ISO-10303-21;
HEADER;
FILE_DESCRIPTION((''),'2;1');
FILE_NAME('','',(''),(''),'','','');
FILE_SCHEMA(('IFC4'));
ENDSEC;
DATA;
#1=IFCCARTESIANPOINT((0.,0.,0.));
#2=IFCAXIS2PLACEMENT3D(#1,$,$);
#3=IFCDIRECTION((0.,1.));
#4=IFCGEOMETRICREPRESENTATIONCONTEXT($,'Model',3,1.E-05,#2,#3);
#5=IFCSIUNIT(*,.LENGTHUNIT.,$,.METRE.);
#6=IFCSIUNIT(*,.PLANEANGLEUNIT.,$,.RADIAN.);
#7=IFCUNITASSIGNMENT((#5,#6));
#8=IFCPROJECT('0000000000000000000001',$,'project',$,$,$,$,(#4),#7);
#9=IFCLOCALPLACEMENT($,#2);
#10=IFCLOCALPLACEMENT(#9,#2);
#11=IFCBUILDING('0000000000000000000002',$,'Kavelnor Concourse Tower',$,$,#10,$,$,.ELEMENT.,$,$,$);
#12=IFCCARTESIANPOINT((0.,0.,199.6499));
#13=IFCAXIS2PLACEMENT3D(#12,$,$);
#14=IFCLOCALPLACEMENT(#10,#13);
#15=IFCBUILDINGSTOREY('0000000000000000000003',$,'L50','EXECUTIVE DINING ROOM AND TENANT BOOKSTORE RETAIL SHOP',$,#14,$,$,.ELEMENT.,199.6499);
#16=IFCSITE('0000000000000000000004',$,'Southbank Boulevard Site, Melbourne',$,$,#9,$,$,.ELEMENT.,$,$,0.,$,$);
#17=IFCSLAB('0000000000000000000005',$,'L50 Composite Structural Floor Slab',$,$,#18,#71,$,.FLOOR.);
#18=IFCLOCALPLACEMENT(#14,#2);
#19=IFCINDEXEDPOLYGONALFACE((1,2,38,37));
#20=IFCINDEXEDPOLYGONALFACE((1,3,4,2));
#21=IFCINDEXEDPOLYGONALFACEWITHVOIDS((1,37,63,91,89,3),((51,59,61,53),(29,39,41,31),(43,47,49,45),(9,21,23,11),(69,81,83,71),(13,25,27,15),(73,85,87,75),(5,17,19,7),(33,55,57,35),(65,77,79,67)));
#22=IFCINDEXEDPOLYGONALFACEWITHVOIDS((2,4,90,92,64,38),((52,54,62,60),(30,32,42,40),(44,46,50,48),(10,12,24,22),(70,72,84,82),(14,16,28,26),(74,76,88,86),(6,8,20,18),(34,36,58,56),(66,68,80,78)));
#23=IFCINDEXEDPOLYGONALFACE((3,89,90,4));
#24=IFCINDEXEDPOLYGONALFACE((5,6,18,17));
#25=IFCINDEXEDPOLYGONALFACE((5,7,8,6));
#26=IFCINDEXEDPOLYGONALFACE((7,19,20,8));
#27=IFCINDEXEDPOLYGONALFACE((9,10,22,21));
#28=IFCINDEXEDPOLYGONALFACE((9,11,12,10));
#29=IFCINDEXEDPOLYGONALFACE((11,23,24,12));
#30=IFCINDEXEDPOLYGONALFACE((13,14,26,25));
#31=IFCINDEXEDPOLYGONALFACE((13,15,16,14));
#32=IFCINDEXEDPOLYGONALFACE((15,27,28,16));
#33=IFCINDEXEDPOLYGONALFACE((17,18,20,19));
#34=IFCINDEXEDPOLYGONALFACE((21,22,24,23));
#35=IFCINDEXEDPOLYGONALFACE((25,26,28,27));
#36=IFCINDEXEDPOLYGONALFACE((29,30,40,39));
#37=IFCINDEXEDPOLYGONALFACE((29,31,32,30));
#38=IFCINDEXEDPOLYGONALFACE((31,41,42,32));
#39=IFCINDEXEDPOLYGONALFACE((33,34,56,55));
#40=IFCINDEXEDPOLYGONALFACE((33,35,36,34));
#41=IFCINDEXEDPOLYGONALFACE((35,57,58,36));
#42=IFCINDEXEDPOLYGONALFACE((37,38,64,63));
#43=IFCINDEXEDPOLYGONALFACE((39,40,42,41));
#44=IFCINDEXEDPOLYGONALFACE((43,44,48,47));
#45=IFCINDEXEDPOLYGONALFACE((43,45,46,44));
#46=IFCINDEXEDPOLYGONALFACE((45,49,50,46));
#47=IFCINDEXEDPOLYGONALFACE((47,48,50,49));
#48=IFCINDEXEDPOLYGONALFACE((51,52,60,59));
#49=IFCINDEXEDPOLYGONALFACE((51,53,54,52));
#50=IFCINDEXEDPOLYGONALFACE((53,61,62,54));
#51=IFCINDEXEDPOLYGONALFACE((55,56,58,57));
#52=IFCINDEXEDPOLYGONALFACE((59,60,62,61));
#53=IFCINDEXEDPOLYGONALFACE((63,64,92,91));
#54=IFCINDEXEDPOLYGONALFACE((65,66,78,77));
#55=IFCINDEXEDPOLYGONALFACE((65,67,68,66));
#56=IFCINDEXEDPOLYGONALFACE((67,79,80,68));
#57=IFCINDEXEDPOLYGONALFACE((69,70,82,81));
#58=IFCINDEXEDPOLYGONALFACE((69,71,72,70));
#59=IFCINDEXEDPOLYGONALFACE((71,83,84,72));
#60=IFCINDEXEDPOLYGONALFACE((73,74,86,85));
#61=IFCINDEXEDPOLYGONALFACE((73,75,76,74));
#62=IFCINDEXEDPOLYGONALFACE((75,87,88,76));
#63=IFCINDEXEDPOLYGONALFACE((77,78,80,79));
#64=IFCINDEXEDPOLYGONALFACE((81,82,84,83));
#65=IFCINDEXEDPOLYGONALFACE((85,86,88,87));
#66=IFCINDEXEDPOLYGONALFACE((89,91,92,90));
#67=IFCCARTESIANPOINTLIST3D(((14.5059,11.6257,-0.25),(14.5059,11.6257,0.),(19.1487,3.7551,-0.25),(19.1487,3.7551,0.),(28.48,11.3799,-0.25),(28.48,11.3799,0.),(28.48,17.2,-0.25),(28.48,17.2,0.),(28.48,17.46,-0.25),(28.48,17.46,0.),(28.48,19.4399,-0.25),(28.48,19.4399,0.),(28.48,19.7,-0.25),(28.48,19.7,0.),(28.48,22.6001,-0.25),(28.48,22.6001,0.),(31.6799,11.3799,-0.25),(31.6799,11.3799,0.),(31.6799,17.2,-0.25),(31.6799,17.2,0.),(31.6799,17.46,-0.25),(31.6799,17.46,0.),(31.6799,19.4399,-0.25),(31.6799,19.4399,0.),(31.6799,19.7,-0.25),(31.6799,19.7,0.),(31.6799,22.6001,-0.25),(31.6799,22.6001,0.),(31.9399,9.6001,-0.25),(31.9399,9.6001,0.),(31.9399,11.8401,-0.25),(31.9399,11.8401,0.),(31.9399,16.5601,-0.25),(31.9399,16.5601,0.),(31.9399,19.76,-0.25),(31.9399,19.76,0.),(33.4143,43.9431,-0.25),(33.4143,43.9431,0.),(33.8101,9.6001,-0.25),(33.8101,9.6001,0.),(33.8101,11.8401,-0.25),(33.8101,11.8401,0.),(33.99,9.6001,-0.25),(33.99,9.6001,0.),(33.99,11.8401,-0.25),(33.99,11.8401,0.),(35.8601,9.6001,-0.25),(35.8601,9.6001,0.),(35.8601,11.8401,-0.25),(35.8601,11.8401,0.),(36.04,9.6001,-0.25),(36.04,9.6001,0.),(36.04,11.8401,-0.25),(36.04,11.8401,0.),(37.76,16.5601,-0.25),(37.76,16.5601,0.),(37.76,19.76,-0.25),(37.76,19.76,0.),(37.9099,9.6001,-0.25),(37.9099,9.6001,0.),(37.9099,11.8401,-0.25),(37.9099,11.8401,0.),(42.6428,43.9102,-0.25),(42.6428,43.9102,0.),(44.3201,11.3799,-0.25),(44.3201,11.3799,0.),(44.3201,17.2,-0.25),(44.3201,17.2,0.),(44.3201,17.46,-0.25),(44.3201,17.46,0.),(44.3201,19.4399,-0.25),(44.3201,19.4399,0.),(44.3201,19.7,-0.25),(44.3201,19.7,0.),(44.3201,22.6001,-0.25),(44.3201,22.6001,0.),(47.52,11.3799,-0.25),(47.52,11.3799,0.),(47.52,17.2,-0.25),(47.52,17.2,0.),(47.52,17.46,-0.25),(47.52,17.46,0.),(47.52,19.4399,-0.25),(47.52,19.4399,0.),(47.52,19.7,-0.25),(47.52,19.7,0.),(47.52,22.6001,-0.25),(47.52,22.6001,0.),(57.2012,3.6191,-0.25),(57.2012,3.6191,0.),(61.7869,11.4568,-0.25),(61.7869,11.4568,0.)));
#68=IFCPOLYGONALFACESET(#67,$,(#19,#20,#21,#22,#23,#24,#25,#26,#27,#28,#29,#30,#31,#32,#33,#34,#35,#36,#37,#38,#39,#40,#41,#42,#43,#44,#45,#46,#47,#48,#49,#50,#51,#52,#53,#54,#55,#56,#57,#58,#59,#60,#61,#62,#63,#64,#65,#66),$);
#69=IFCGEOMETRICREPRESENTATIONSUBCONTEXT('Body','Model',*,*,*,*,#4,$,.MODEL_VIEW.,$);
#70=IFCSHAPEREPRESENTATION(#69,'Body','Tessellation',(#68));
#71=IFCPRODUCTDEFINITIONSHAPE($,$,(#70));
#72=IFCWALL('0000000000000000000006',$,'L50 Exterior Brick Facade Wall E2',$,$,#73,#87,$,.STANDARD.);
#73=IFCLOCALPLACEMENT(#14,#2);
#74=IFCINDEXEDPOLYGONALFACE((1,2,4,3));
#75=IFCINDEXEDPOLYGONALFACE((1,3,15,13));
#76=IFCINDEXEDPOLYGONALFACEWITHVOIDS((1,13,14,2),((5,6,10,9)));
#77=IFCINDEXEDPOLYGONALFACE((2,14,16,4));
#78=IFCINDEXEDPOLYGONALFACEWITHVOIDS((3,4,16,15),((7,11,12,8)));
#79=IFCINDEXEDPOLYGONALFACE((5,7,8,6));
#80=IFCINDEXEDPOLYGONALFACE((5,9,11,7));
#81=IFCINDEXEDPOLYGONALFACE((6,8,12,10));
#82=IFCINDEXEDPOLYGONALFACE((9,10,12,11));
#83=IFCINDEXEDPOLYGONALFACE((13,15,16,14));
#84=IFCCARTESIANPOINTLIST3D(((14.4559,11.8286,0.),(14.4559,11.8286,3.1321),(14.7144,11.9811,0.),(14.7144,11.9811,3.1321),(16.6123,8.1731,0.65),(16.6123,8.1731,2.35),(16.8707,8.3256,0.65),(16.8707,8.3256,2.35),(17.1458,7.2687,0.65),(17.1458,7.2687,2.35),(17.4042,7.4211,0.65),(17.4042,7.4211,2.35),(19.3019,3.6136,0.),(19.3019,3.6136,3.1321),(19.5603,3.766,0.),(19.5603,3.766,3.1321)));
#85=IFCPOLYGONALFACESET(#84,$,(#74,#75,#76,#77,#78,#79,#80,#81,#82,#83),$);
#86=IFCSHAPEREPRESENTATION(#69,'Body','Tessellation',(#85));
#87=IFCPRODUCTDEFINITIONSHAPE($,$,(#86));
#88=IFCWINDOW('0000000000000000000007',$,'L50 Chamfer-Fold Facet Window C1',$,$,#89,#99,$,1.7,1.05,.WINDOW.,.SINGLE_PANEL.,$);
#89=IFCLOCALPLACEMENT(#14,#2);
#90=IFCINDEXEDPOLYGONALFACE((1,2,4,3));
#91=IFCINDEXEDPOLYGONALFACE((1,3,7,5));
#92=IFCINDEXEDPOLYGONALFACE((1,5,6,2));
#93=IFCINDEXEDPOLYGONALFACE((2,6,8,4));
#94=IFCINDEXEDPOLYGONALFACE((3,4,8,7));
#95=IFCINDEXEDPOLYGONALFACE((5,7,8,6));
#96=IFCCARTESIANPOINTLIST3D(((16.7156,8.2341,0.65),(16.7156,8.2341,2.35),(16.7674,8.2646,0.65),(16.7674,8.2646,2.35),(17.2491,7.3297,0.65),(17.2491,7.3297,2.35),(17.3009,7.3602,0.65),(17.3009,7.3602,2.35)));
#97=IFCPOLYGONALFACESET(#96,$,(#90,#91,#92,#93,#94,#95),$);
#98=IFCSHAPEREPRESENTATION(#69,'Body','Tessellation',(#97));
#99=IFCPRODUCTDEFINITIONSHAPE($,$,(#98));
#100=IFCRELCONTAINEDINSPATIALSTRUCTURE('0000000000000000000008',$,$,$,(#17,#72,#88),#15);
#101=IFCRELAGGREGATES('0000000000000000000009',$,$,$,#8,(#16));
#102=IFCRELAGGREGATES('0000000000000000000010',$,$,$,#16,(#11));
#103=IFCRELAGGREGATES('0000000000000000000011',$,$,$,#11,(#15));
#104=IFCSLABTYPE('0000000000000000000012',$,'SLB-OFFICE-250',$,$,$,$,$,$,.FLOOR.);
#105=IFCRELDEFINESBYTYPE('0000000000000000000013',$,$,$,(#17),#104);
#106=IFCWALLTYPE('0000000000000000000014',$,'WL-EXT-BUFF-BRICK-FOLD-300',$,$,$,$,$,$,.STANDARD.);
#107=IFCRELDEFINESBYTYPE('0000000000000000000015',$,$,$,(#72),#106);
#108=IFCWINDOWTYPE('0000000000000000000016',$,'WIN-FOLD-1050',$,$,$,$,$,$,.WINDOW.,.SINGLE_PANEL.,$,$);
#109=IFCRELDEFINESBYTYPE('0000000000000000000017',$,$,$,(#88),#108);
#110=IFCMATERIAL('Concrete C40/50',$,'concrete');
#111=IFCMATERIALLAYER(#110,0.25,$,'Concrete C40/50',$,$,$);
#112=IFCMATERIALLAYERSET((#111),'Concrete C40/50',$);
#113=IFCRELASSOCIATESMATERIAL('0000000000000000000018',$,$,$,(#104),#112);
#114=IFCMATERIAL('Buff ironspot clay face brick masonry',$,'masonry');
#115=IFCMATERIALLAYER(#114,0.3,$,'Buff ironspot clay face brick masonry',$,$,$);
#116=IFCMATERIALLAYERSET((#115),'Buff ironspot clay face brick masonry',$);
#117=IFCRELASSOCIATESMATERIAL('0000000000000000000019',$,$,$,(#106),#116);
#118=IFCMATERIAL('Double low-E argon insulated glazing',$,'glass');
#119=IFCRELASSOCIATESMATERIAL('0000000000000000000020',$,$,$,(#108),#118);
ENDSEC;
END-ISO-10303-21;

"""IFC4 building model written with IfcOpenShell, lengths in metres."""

from ifc_helpers import new_model, si_unit, direction, frame, frame_2d, origin, place, context, subcontext, project, spatial, polyline, rectangle, outline, extrude, material, layer, layer_set, type_object, element, fill, save


model = new_model("IFC4")

# Units and contexts
model_context = context("Model", 3, precision=1e-05, world=origin(), true_north=direction((0.0, 1.0)))
body_context = subcontext(model_context, "Body", "Model", "MODEL_VIEW")
ifc_project = project(units=[si_unit("LENGTHUNIT", "METRE"), si_unit("PLANEANGLEUNIT", "RADIAN")], contexts=[model_context])

# Site, building, storey
site_placement = place(None, origin())
site = spatial("IfcSite", under=ifc_project, at=site_placement, Name="Southbank Boulevard Site, Melbourne", CompositionType="ELEMENT", RefElevation=0.0)
building_placement = place(site_placement, origin())
building = spatial("IfcBuilding", under=site, at=building_placement, Name="Kavelnor Concourse Tower", CompositionType="ELEMENT")
storey_placement = place(building_placement, frame((0.0, 0.0, 199.6499)))
storey = spatial("IfcBuildingStorey", under=building, at=storey_placement, Name="L50", Description="EXECUTIVE DINING ROOM AND TENANT BOOKSTORE RETAIL SHOP", CompositionType="ELEMENT", Elevation=199.6499)

# Shared definitions
ifc_material_1 = material(Name="Concrete C40/50", Category="concrete")

# Slab
ifc_layer_1 = layer(ifc_material_1, 0.25, Name="Concrete C40/50")
ifc_layer_set_1 = layer_set([ifc_layer_1], Name="Concrete C40/50")
slab_type_1 = type_object("IfcSlabType", Name="SLB-OFFICE-250", PredefinedType="FLOOR", material=ifc_layer_set_1)
slab_1_placement = place(storey_placement, frame((0.0, 0.0, -0.25)))
element("IfcSlab", 1, at=slab_1_placement, inside=storey, type_object=slab_type_1, Name="L50 Composite Structural Floor Slab", PredefinedType="FLOOR", context=body_context, shape_type="SweptSolid", body=[
    extrude(outline(polyline([(42.6428, 43.9102), (33.4143, 43.9431), (14.5059, 11.6257), (19.1487, 3.7551), (57.2012, 3.6191), (61.7869, 11.4568), (42.6428, 43.9102)]), holes=[polyline([(28.48, 11.3799), (31.6799, 11.3799), (31.6799, 17.2), (28.48, 17.2), (28.48, 11.3799)]), polyline([(44.3201, 11.3799), (47.52, 11.3799), (47.52, 17.2), (44.3201, 17.2), (44.3201, 11.3799)]), polyline([(31.9399, 16.5601), (37.76, 16.5601), (37.76, 19.76), (31.9399, 19.76), (31.9399, 16.5601)]), polyline([(28.48, 19.7), (31.6799, 19.7), (31.6799, 22.6001), (28.48, 22.6001), (28.48, 19.7)]), polyline([(44.3201, 19.7), (47.52, 19.7), (47.52, 22.6001), (44.3201, 22.6001), (44.3201, 19.7)]), polyline([(31.9399, 9.6001), (33.8101, 9.6001), (33.8101, 11.8401), (31.9399, 11.8401), (31.9399, 9.6001)]), polyline([(33.99, 9.6001), (35.8601, 9.6001), (35.8601, 11.8401), (33.99, 11.8401), (33.99, 9.6001)]), polyline([(36.04, 9.6001), (37.9099, 9.6001), (37.9099, 11.8401), (36.04, 11.8401), (36.04, 9.6001)]), polyline([(28.48, 17.46), (31.6799, 17.46), (31.6799, 19.4399), (28.48, 19.4399), (28.48, 17.46)]), polyline([(44.3201, 17.46), (47.52, 17.46), (47.52, 19.4399), (44.3201, 19.4399), (44.3201, 17.46)])]), origin(), (0.0, 0.0, 1.0), 0.25),
])

# Wall, opening, window
ifc_material_2 = material(Name="Buff ironspot clay face brick masonry", Category="masonry")
ifc_layer_2 = layer(ifc_material_2, 0.3, Name="Buff ironspot clay face brick masonry")
ifc_layer_set_2 = layer_set([ifc_layer_2], Name="Buff ironspot clay face brick masonry")
wall_type_1 = type_object("IfcWallType", Name="WL-EXT-BUFF-BRICK-FOLD-300", PredefinedType="STANDARD", material=ifc_layer_set_2)
wall_1_placement = place(storey_placement, frame((19.4312, 3.6897, 0.0), z_axis=(0.0, 0.0, 1.0), x_axis=(-0.508075, 0.861313, 0.0)))
wall_1 = element("IfcWall", 2, at=wall_1_placement, inside=storey, type_object=wall_type_1, Name="L50 Exterior Brick Facade Wall E2", PredefinedType="STANDARD", context=body_context, shape_type="SweptSolid", body=[
    extrude(rectangle(XDim=9.5378, YDim=0.3, at=frame_2d((4.769, 0.0))), origin(), (0.0, 0.0, 1.0), 3.1321),
])
opening_1_placement = place(wall_1_placement, frame((4.2439, 0.0, 0.6499)))
opening_1 = element("IfcOpeningElement", 3, at=opening_1_placement, cuts=wall_1, PredefinedType="OPENING", context=body_context, shape_type="SweptSolid", body=[
    extrude(rectangle(XDim=1.05, YDim=1.7, at=frame_2d((0.5249, 0.8501))), frame((0.0, 0.1602, 0.0), z_axis=(0.0, -1.0, 0.0), x_axis=(1.0, 0.0, 0.0)), (0.0, 0.0, 1.0), 0.3201),
])
ifc_material_3 = material(Name="Double low-E argon insulated glazing", Category="glass")
window_type_1 = type_object("IfcWindowType", Name="WIN-FOLD-1050", PartitioningType="SINGLE_PANEL", PredefinedType="WINDOW", material=ifc_material_3)
window_1_placement = place(opening_1_placement, origin())
window_1 = element("IfcWindow", 4, at=window_1_placement, inside=storey, type_object=window_type_1, Name="L50 Chamfer-Fold Facet Window C1", OverallHeight=1.7, OverallWidth=1.05, PartitioningType="SINGLE_PANEL", PredefinedType="WINDOW", context=body_context, shape_type="SweptSolid", body=[
    extrude(rectangle(XDim=1.05, YDim=1.7, at=frame_2d((0.5249, 0.8501))), frame((0.0, 0.03, 0.0), z_axis=(0.0, -1.0, 0.0), x_axis=(1.0, 0.0, 0.0)), (0.0, 0.0, 1.0), 0.0601),
])
fill(opening_1, window_1)

save(model, "model.ifc")
